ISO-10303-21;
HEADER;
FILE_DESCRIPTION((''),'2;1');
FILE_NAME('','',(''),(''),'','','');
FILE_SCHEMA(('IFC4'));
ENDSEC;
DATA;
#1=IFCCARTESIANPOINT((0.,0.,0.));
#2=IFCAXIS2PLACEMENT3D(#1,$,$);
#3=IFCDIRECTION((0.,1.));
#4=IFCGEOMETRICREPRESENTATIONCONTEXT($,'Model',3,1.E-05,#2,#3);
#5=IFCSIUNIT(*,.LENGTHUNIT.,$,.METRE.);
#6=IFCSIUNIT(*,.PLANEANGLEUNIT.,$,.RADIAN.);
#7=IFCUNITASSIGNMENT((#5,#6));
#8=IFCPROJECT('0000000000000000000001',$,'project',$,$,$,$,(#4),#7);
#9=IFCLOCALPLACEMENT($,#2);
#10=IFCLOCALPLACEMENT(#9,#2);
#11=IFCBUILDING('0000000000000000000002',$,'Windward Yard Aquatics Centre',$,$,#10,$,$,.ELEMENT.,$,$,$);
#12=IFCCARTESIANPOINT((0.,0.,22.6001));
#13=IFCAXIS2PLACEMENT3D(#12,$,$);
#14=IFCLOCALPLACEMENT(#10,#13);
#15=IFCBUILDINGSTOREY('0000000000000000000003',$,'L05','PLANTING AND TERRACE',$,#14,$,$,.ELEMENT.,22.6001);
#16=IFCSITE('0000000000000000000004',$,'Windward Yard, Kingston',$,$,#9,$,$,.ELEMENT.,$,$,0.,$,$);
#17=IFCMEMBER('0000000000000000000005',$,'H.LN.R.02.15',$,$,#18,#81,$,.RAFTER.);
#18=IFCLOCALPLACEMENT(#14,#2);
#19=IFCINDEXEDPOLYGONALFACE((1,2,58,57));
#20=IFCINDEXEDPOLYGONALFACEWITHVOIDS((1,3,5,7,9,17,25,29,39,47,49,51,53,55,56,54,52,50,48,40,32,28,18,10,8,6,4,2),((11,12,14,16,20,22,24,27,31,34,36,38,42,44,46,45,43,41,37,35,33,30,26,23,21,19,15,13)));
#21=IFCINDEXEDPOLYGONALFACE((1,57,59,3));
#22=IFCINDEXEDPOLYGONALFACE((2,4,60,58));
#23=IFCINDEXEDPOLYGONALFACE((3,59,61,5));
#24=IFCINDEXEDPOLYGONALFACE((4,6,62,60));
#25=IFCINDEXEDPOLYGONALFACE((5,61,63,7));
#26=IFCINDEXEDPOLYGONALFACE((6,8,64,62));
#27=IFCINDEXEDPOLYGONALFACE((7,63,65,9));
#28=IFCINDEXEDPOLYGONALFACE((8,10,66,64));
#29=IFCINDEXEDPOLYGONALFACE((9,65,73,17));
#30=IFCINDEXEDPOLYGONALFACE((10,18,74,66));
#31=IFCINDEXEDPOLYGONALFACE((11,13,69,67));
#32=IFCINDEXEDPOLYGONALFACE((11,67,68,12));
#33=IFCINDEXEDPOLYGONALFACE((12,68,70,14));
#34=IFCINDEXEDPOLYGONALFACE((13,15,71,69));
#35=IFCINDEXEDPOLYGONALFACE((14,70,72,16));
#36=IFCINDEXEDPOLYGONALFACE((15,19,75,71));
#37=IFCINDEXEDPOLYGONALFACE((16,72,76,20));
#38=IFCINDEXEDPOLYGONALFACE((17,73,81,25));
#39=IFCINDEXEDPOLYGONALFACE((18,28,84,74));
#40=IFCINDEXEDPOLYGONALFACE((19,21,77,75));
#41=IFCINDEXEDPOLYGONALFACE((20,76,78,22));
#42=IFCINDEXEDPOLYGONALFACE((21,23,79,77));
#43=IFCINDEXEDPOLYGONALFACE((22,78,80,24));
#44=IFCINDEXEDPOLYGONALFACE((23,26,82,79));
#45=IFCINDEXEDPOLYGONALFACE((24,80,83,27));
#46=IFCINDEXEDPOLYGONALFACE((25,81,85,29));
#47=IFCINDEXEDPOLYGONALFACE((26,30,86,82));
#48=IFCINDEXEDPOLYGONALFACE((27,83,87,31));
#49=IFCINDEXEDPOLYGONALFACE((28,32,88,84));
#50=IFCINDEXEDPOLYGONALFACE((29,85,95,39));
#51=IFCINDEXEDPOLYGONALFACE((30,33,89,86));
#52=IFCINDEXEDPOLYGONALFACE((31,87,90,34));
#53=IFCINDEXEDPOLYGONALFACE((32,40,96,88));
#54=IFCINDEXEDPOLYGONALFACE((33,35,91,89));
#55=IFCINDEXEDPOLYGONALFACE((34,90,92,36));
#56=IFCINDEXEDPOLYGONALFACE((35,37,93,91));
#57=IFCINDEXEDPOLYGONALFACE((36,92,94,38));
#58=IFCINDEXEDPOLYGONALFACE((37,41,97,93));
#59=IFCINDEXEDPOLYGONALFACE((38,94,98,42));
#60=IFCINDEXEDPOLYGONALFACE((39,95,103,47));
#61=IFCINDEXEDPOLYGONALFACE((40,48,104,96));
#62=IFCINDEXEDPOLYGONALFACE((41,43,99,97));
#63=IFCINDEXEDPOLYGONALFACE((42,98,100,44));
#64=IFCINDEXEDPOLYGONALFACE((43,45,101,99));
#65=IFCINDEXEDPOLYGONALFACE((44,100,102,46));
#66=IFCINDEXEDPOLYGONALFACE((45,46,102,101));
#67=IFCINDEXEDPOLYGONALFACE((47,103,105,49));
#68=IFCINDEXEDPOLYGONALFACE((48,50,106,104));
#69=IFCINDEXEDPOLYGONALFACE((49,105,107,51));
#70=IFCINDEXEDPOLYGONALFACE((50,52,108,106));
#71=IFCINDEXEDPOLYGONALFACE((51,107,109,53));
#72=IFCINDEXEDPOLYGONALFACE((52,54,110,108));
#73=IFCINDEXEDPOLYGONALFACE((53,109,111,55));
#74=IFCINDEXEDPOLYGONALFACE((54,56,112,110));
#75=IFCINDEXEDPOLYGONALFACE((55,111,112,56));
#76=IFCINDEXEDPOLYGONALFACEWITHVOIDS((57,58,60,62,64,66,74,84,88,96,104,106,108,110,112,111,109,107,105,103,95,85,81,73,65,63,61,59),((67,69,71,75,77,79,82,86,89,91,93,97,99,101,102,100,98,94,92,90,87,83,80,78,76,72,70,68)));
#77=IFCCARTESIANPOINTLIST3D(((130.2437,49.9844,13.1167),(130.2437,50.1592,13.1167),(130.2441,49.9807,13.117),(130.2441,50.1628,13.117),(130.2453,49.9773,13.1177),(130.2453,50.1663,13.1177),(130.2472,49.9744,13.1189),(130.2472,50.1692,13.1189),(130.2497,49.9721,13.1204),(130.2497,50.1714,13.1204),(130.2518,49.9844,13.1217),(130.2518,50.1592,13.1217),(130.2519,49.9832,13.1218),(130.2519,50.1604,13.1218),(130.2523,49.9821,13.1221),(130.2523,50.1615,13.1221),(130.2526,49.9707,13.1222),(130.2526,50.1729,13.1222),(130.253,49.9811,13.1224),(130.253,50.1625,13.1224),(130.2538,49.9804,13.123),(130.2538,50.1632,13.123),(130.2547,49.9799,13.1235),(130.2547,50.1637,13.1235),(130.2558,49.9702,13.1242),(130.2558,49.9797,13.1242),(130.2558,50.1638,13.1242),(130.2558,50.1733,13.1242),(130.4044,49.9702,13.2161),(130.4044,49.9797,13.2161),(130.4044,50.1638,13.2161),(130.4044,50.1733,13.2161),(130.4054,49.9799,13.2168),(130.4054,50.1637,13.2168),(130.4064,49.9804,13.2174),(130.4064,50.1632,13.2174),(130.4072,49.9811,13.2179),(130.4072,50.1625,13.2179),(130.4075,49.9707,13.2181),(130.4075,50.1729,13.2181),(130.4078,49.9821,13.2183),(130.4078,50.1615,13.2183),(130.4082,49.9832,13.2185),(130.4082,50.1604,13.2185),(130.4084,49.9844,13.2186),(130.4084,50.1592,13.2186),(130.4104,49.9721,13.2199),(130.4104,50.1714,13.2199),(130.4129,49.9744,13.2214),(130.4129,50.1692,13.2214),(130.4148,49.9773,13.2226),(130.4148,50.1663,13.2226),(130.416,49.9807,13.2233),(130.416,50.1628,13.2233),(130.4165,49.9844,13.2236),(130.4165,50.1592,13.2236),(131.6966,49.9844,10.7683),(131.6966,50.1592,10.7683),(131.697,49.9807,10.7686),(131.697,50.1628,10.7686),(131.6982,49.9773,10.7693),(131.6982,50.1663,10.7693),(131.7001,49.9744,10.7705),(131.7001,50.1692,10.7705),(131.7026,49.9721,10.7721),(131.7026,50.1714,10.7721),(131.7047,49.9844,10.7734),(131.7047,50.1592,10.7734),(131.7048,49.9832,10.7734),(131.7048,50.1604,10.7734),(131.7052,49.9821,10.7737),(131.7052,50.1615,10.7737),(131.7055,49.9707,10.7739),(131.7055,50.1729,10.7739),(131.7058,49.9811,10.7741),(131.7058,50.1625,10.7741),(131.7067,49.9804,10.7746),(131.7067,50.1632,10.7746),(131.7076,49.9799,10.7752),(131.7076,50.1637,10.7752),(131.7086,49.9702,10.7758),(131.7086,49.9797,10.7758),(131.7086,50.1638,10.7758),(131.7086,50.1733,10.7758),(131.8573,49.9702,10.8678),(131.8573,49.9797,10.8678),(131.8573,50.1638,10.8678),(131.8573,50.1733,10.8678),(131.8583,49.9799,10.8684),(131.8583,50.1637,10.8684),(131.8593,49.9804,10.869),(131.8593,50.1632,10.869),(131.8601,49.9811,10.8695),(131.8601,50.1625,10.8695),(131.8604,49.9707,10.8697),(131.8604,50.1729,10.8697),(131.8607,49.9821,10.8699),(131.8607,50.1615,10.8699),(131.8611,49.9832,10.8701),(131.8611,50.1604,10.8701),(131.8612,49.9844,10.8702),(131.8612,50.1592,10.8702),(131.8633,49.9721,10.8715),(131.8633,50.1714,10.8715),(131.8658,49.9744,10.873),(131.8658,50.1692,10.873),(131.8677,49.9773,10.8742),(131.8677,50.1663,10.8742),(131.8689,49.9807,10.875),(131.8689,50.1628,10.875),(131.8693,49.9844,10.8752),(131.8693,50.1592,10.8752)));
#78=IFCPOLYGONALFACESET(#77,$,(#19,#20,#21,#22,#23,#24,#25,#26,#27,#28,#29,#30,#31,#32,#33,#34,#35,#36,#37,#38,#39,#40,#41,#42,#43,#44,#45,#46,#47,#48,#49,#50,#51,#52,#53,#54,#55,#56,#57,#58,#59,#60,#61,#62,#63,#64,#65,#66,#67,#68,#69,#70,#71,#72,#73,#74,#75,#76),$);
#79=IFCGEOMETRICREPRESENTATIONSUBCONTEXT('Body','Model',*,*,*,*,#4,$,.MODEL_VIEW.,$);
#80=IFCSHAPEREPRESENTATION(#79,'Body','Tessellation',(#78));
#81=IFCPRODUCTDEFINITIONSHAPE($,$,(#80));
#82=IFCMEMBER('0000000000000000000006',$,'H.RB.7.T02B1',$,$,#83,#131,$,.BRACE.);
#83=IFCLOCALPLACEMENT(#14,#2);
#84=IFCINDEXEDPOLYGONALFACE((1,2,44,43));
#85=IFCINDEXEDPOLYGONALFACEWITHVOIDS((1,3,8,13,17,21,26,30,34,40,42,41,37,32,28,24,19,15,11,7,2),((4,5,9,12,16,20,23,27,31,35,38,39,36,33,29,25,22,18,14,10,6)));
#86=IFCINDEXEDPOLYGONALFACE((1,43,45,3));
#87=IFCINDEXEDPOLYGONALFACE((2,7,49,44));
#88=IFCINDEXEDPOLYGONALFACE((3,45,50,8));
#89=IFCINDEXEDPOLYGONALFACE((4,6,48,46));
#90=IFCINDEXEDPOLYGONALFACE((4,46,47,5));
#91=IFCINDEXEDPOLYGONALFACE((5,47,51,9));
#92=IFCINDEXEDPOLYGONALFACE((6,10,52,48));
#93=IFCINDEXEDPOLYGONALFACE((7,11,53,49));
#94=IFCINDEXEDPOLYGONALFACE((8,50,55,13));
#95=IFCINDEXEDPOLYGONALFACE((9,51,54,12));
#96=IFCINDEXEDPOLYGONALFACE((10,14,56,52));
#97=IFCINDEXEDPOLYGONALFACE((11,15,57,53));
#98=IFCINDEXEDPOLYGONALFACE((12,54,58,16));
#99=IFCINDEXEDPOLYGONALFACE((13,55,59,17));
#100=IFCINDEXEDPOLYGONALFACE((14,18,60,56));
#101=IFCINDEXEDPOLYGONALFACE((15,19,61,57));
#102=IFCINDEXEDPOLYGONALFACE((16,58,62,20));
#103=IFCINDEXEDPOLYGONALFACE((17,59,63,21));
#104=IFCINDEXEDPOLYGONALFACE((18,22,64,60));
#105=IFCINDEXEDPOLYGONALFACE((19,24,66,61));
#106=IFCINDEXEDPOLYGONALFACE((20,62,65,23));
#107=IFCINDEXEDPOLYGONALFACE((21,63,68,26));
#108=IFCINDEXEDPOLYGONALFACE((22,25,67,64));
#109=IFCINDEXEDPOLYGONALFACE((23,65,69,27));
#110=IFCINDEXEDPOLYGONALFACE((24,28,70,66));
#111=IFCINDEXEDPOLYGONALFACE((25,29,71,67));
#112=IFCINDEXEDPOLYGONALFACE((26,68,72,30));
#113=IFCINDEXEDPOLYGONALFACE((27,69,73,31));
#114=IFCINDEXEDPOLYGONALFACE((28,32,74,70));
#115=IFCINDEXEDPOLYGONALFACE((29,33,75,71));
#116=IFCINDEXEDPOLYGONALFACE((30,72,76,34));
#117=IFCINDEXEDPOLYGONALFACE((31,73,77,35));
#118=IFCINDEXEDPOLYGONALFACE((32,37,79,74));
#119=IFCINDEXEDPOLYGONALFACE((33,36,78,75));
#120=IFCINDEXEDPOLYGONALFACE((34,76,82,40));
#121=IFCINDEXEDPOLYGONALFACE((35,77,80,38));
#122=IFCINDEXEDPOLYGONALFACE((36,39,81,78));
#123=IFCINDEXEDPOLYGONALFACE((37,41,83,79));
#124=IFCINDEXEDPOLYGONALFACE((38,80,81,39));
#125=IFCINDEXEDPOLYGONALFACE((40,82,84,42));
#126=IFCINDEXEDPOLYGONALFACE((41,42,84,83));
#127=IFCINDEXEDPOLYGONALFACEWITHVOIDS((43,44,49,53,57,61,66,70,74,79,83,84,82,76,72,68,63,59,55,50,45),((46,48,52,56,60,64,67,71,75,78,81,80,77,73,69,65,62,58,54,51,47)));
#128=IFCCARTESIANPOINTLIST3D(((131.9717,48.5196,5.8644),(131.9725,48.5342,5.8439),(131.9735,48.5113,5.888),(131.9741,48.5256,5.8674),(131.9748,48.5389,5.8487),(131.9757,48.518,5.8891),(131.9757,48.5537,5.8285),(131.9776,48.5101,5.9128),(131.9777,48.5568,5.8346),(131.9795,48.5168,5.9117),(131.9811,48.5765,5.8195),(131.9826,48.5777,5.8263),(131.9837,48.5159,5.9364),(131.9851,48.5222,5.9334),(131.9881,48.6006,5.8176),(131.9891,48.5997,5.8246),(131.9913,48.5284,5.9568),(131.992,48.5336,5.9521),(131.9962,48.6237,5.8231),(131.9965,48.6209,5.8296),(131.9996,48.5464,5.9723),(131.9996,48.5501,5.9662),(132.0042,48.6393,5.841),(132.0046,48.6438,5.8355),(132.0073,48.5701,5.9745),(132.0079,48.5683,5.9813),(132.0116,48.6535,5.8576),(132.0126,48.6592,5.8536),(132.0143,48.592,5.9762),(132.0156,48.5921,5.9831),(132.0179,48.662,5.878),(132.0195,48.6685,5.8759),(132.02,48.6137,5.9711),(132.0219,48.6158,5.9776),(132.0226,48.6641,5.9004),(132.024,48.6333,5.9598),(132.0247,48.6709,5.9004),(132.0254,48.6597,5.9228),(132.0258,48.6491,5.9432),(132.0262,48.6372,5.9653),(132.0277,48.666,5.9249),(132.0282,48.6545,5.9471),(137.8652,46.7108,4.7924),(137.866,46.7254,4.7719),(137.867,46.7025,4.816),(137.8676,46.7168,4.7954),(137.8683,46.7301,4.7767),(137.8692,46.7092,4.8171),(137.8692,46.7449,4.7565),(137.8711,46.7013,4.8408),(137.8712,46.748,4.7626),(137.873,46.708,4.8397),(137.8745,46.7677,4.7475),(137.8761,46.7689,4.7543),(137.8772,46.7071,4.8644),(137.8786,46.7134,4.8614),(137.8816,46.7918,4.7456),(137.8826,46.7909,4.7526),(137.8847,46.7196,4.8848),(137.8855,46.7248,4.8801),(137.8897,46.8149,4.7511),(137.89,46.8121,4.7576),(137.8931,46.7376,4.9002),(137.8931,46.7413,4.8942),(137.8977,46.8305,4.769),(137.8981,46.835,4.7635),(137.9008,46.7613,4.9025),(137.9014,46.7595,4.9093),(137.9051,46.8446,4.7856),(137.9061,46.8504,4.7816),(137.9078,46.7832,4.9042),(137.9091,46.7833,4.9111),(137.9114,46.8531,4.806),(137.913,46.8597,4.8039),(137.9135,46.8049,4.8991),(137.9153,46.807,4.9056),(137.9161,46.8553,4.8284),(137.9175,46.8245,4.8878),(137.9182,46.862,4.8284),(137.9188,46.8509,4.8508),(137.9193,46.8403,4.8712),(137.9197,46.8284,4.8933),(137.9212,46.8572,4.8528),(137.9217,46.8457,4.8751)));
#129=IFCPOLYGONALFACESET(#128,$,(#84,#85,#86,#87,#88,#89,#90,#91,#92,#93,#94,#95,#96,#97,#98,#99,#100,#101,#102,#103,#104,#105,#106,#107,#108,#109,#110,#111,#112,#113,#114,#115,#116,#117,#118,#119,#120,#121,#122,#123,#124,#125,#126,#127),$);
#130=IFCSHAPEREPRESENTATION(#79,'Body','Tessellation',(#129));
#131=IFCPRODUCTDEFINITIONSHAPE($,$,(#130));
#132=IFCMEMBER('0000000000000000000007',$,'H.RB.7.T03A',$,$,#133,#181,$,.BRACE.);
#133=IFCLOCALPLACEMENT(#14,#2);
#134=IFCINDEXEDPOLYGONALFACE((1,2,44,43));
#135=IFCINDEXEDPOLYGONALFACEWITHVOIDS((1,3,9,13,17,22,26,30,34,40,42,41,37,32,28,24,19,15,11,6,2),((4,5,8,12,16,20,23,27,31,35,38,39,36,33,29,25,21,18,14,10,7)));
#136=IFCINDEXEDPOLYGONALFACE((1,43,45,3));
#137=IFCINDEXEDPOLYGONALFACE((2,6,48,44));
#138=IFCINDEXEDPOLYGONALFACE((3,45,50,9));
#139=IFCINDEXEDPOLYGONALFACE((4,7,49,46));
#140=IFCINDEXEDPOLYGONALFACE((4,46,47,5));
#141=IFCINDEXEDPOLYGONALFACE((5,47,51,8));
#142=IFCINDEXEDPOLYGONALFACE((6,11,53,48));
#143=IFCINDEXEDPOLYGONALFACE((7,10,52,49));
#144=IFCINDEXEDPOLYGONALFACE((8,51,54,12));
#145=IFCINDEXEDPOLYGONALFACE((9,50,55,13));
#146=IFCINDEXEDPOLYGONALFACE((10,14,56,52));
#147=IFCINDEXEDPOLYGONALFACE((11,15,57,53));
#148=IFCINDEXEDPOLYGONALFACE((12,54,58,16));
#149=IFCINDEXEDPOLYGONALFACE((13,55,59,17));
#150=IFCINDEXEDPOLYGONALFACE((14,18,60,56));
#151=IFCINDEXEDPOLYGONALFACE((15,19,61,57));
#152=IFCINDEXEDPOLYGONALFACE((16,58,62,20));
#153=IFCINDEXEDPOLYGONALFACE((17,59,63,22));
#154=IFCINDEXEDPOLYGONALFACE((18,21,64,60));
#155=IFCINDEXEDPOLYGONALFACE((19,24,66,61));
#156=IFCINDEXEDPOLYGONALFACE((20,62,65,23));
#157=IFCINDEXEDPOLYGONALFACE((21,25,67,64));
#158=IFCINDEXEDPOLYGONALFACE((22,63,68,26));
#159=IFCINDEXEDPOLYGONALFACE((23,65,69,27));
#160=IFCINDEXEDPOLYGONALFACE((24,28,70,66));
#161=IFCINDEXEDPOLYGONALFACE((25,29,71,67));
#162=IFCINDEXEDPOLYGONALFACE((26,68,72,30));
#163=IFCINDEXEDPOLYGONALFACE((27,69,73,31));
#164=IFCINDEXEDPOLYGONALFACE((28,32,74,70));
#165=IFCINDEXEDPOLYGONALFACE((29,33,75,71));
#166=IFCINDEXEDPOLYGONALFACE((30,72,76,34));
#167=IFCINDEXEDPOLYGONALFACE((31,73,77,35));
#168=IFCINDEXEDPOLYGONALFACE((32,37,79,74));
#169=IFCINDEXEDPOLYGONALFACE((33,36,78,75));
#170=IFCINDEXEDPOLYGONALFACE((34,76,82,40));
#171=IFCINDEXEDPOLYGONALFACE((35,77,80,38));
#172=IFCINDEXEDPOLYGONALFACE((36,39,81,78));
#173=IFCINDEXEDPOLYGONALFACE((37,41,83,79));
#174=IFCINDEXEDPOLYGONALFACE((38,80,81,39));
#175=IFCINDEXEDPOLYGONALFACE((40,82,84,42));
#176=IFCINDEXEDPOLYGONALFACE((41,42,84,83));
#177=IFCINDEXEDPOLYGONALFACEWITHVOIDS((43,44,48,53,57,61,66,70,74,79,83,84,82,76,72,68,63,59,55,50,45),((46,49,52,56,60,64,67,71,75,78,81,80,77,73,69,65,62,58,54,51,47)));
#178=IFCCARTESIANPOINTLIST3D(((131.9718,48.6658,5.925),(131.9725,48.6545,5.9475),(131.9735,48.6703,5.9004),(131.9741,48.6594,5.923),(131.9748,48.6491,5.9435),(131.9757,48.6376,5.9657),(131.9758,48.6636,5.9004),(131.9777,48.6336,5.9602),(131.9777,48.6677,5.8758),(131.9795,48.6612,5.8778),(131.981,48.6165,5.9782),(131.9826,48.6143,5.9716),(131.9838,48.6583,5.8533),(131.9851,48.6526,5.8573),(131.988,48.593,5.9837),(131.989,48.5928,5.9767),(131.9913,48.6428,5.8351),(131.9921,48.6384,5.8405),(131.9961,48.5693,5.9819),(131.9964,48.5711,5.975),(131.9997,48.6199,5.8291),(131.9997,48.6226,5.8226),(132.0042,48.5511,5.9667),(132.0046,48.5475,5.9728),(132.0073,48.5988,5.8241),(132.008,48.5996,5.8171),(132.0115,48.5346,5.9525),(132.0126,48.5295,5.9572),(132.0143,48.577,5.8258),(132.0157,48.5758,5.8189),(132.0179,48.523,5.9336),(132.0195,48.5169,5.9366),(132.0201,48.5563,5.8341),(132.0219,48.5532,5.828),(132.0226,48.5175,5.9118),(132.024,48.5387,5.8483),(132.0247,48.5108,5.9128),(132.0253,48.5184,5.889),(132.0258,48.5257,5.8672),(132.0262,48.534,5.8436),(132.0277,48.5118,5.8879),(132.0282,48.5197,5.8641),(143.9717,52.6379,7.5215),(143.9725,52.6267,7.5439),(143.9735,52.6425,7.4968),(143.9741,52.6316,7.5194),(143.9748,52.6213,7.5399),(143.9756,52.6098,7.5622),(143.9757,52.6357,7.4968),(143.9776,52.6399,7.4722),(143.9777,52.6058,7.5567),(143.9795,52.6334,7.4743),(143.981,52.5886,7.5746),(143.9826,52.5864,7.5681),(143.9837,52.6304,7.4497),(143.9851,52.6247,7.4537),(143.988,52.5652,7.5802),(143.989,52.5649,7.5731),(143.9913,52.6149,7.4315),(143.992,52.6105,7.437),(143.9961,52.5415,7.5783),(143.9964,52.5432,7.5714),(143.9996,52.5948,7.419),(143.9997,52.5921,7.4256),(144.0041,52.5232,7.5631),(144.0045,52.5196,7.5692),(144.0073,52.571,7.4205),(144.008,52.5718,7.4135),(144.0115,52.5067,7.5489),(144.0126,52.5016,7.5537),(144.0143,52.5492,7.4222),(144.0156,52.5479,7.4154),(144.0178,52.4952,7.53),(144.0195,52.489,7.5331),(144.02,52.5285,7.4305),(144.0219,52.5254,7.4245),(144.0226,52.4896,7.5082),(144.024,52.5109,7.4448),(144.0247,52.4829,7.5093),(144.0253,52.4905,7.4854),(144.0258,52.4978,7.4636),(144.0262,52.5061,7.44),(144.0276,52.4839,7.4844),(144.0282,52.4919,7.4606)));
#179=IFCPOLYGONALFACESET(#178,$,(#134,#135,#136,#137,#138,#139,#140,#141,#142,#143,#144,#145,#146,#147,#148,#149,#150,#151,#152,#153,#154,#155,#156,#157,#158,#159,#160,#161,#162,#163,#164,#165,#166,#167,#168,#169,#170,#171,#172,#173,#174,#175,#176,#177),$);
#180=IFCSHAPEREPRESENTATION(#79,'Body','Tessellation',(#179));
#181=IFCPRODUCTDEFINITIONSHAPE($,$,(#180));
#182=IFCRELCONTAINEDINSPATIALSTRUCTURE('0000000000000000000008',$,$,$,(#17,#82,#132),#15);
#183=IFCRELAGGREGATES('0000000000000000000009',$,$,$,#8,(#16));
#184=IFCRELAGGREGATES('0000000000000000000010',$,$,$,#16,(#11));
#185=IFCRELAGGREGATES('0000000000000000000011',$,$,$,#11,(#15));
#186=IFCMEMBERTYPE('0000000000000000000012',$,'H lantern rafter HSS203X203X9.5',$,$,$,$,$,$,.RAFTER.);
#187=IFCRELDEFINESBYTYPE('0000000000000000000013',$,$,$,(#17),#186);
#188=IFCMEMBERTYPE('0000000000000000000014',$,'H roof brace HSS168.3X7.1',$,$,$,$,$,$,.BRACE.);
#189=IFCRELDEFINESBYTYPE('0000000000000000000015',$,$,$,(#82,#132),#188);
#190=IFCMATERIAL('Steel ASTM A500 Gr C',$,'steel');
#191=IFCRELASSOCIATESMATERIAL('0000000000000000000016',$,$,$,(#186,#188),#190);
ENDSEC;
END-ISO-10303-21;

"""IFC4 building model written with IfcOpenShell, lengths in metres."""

from ifc_helpers import new_model, si_unit, direction, frame, origin, origin_2d, place, context, subcontext, project, spatial, hollow_rectangle, hollow_circle, extrude, material, material_profile, profile_set, type_object, element, save


model = new_model("IFC4")

# Units and contexts
model_context = context("Model", 3, precision=1e-05, world=origin(), true_north=direction((0.0, 1.0)))
body_context = subcontext(model_context, "Body", "Model", "MODEL_VIEW")
ifc_project = project(units=[si_unit("LENGTHUNIT", "METRE"), si_unit("PLANEANGLEUNIT", "RADIAN")], contexts=[model_context])

# Site, building, storey
site_placement = place(None, origin())
site = spatial("IfcSite", under=ifc_project, at=site_placement, Name="Windward Yard, Kingston", CompositionType="ELEMENT", RefElevation=0.0)
building_placement = place(site_placement, origin())
building = spatial("IfcBuilding", under=site, at=building_placement, Name="Windward Yard Aquatics Centre", CompositionType="ELEMENT")
storey_placement = place(building_placement, frame((0.0, 0.0, 22.6001)))
storey = spatial("IfcBuildingStorey", under=building, at=storey_placement, Name="L05", Description="PLANTING AND TERRACE", CompositionType="ELEMENT", Elevation=22.6001)

# Members
ifc_material_1 = material(Name="Steel ASTM A500 Gr C", Category="steel")
ifc_material_profile_1 = material_profile(ifc_material_1, hollow_rectangle(XDim=0.2031, YDim=0.2031, WallThickness=0.0095, InnerFilletRadius=0.0046, OuterFilletRadius=0.0142, at=origin_2d()), Name="HSS203X203X9.5")
ifc_profile_set_1 = profile_set([ifc_material_profile_1], Name="Steel ASTM A500 Gr C")
member_type_1 = type_object("IfcMemberType", Name="H lantern rafter HSS203X203X9.5", PredefinedType="RAFTER", material=ifc_profile_set_1)
member_1_placement = place(storey_placement, frame((131.783, 50.0718, 10.8218), z_axis=(-0.526123, 0.0, 0.850408), x_axis=(0.0, -1.0, 0.0)))
element("IfcMember", 1, at=member_1_placement, inside=storey, type_object=member_type_1, Name="H.LN.R.02.15", PredefinedType="RAFTER", context=body_context, shape_type="SweptSolid", body=[
    extrude(hollow_rectangle(XDim=0.2031, YDim=0.2031, WallThickness=0.0095, InnerFilletRadius=0.0046, OuterFilletRadius=0.0142, at=origin_2d()), origin(), (0.0, 0.0, 1.0), 2.7615),
])
ifc_material_profile_2 = material_profile(ifc_material_1, hollow_circle(Radius=0.0842, WallThickness=0.0071, at=origin_2d()), Name="HSS168.3X7.1")
ifc_profile_set_2 = profile_set([ifc_material_profile_2], Name="Steel ASTM A500 Gr C")
member_type_2 = type_object("IfcMemberType", Name="H roof brace HSS168.3X7.1", PredefinedType="BRACE", material=ifc_profile_set_2)
member_2_placement = place(storey_placement, frame((132.0, 48.5903, 5.9004), z_axis=(0.941853, -0.289072, -0.17132), x_axis=(0.29341, 0.955987, 0.0)))
element("IfcMember", 2, at=member_2_placement, inside=storey, type_object=member_type_2, Name="H.RB.7.T02B1", PredefinedType="BRACE", context=body_context, shape_type="SweptSolid", body=[
    extrude(hollow_circle(Radius=0.0842, WallThickness=0.0071, at=origin_2d()), origin(), (0.0, 0.0, 1.0), 6.2573),
])
member_3_placement = place(storey_placement, frame((132.0, 48.5903, 5.9004), z_axis=(0.94186, 0.311769, 0.125302), x_axis=(-0.314245, 0.949342, 0.0)))
element("IfcMember", 3, at=member_3_placement, inside=storey, type_object=member_type_2, Name="H.RB.7.T03A", PredefinedType="BRACE", context=body_context, shape_type="SweptSolid", body=[
    extrude(hollow_circle(Radius=0.0842, WallThickness=0.0071, at=origin_2d()), origin(), (0.0, 0.0, 1.0), 12.7407),
])

save(model, "model.ifc")
